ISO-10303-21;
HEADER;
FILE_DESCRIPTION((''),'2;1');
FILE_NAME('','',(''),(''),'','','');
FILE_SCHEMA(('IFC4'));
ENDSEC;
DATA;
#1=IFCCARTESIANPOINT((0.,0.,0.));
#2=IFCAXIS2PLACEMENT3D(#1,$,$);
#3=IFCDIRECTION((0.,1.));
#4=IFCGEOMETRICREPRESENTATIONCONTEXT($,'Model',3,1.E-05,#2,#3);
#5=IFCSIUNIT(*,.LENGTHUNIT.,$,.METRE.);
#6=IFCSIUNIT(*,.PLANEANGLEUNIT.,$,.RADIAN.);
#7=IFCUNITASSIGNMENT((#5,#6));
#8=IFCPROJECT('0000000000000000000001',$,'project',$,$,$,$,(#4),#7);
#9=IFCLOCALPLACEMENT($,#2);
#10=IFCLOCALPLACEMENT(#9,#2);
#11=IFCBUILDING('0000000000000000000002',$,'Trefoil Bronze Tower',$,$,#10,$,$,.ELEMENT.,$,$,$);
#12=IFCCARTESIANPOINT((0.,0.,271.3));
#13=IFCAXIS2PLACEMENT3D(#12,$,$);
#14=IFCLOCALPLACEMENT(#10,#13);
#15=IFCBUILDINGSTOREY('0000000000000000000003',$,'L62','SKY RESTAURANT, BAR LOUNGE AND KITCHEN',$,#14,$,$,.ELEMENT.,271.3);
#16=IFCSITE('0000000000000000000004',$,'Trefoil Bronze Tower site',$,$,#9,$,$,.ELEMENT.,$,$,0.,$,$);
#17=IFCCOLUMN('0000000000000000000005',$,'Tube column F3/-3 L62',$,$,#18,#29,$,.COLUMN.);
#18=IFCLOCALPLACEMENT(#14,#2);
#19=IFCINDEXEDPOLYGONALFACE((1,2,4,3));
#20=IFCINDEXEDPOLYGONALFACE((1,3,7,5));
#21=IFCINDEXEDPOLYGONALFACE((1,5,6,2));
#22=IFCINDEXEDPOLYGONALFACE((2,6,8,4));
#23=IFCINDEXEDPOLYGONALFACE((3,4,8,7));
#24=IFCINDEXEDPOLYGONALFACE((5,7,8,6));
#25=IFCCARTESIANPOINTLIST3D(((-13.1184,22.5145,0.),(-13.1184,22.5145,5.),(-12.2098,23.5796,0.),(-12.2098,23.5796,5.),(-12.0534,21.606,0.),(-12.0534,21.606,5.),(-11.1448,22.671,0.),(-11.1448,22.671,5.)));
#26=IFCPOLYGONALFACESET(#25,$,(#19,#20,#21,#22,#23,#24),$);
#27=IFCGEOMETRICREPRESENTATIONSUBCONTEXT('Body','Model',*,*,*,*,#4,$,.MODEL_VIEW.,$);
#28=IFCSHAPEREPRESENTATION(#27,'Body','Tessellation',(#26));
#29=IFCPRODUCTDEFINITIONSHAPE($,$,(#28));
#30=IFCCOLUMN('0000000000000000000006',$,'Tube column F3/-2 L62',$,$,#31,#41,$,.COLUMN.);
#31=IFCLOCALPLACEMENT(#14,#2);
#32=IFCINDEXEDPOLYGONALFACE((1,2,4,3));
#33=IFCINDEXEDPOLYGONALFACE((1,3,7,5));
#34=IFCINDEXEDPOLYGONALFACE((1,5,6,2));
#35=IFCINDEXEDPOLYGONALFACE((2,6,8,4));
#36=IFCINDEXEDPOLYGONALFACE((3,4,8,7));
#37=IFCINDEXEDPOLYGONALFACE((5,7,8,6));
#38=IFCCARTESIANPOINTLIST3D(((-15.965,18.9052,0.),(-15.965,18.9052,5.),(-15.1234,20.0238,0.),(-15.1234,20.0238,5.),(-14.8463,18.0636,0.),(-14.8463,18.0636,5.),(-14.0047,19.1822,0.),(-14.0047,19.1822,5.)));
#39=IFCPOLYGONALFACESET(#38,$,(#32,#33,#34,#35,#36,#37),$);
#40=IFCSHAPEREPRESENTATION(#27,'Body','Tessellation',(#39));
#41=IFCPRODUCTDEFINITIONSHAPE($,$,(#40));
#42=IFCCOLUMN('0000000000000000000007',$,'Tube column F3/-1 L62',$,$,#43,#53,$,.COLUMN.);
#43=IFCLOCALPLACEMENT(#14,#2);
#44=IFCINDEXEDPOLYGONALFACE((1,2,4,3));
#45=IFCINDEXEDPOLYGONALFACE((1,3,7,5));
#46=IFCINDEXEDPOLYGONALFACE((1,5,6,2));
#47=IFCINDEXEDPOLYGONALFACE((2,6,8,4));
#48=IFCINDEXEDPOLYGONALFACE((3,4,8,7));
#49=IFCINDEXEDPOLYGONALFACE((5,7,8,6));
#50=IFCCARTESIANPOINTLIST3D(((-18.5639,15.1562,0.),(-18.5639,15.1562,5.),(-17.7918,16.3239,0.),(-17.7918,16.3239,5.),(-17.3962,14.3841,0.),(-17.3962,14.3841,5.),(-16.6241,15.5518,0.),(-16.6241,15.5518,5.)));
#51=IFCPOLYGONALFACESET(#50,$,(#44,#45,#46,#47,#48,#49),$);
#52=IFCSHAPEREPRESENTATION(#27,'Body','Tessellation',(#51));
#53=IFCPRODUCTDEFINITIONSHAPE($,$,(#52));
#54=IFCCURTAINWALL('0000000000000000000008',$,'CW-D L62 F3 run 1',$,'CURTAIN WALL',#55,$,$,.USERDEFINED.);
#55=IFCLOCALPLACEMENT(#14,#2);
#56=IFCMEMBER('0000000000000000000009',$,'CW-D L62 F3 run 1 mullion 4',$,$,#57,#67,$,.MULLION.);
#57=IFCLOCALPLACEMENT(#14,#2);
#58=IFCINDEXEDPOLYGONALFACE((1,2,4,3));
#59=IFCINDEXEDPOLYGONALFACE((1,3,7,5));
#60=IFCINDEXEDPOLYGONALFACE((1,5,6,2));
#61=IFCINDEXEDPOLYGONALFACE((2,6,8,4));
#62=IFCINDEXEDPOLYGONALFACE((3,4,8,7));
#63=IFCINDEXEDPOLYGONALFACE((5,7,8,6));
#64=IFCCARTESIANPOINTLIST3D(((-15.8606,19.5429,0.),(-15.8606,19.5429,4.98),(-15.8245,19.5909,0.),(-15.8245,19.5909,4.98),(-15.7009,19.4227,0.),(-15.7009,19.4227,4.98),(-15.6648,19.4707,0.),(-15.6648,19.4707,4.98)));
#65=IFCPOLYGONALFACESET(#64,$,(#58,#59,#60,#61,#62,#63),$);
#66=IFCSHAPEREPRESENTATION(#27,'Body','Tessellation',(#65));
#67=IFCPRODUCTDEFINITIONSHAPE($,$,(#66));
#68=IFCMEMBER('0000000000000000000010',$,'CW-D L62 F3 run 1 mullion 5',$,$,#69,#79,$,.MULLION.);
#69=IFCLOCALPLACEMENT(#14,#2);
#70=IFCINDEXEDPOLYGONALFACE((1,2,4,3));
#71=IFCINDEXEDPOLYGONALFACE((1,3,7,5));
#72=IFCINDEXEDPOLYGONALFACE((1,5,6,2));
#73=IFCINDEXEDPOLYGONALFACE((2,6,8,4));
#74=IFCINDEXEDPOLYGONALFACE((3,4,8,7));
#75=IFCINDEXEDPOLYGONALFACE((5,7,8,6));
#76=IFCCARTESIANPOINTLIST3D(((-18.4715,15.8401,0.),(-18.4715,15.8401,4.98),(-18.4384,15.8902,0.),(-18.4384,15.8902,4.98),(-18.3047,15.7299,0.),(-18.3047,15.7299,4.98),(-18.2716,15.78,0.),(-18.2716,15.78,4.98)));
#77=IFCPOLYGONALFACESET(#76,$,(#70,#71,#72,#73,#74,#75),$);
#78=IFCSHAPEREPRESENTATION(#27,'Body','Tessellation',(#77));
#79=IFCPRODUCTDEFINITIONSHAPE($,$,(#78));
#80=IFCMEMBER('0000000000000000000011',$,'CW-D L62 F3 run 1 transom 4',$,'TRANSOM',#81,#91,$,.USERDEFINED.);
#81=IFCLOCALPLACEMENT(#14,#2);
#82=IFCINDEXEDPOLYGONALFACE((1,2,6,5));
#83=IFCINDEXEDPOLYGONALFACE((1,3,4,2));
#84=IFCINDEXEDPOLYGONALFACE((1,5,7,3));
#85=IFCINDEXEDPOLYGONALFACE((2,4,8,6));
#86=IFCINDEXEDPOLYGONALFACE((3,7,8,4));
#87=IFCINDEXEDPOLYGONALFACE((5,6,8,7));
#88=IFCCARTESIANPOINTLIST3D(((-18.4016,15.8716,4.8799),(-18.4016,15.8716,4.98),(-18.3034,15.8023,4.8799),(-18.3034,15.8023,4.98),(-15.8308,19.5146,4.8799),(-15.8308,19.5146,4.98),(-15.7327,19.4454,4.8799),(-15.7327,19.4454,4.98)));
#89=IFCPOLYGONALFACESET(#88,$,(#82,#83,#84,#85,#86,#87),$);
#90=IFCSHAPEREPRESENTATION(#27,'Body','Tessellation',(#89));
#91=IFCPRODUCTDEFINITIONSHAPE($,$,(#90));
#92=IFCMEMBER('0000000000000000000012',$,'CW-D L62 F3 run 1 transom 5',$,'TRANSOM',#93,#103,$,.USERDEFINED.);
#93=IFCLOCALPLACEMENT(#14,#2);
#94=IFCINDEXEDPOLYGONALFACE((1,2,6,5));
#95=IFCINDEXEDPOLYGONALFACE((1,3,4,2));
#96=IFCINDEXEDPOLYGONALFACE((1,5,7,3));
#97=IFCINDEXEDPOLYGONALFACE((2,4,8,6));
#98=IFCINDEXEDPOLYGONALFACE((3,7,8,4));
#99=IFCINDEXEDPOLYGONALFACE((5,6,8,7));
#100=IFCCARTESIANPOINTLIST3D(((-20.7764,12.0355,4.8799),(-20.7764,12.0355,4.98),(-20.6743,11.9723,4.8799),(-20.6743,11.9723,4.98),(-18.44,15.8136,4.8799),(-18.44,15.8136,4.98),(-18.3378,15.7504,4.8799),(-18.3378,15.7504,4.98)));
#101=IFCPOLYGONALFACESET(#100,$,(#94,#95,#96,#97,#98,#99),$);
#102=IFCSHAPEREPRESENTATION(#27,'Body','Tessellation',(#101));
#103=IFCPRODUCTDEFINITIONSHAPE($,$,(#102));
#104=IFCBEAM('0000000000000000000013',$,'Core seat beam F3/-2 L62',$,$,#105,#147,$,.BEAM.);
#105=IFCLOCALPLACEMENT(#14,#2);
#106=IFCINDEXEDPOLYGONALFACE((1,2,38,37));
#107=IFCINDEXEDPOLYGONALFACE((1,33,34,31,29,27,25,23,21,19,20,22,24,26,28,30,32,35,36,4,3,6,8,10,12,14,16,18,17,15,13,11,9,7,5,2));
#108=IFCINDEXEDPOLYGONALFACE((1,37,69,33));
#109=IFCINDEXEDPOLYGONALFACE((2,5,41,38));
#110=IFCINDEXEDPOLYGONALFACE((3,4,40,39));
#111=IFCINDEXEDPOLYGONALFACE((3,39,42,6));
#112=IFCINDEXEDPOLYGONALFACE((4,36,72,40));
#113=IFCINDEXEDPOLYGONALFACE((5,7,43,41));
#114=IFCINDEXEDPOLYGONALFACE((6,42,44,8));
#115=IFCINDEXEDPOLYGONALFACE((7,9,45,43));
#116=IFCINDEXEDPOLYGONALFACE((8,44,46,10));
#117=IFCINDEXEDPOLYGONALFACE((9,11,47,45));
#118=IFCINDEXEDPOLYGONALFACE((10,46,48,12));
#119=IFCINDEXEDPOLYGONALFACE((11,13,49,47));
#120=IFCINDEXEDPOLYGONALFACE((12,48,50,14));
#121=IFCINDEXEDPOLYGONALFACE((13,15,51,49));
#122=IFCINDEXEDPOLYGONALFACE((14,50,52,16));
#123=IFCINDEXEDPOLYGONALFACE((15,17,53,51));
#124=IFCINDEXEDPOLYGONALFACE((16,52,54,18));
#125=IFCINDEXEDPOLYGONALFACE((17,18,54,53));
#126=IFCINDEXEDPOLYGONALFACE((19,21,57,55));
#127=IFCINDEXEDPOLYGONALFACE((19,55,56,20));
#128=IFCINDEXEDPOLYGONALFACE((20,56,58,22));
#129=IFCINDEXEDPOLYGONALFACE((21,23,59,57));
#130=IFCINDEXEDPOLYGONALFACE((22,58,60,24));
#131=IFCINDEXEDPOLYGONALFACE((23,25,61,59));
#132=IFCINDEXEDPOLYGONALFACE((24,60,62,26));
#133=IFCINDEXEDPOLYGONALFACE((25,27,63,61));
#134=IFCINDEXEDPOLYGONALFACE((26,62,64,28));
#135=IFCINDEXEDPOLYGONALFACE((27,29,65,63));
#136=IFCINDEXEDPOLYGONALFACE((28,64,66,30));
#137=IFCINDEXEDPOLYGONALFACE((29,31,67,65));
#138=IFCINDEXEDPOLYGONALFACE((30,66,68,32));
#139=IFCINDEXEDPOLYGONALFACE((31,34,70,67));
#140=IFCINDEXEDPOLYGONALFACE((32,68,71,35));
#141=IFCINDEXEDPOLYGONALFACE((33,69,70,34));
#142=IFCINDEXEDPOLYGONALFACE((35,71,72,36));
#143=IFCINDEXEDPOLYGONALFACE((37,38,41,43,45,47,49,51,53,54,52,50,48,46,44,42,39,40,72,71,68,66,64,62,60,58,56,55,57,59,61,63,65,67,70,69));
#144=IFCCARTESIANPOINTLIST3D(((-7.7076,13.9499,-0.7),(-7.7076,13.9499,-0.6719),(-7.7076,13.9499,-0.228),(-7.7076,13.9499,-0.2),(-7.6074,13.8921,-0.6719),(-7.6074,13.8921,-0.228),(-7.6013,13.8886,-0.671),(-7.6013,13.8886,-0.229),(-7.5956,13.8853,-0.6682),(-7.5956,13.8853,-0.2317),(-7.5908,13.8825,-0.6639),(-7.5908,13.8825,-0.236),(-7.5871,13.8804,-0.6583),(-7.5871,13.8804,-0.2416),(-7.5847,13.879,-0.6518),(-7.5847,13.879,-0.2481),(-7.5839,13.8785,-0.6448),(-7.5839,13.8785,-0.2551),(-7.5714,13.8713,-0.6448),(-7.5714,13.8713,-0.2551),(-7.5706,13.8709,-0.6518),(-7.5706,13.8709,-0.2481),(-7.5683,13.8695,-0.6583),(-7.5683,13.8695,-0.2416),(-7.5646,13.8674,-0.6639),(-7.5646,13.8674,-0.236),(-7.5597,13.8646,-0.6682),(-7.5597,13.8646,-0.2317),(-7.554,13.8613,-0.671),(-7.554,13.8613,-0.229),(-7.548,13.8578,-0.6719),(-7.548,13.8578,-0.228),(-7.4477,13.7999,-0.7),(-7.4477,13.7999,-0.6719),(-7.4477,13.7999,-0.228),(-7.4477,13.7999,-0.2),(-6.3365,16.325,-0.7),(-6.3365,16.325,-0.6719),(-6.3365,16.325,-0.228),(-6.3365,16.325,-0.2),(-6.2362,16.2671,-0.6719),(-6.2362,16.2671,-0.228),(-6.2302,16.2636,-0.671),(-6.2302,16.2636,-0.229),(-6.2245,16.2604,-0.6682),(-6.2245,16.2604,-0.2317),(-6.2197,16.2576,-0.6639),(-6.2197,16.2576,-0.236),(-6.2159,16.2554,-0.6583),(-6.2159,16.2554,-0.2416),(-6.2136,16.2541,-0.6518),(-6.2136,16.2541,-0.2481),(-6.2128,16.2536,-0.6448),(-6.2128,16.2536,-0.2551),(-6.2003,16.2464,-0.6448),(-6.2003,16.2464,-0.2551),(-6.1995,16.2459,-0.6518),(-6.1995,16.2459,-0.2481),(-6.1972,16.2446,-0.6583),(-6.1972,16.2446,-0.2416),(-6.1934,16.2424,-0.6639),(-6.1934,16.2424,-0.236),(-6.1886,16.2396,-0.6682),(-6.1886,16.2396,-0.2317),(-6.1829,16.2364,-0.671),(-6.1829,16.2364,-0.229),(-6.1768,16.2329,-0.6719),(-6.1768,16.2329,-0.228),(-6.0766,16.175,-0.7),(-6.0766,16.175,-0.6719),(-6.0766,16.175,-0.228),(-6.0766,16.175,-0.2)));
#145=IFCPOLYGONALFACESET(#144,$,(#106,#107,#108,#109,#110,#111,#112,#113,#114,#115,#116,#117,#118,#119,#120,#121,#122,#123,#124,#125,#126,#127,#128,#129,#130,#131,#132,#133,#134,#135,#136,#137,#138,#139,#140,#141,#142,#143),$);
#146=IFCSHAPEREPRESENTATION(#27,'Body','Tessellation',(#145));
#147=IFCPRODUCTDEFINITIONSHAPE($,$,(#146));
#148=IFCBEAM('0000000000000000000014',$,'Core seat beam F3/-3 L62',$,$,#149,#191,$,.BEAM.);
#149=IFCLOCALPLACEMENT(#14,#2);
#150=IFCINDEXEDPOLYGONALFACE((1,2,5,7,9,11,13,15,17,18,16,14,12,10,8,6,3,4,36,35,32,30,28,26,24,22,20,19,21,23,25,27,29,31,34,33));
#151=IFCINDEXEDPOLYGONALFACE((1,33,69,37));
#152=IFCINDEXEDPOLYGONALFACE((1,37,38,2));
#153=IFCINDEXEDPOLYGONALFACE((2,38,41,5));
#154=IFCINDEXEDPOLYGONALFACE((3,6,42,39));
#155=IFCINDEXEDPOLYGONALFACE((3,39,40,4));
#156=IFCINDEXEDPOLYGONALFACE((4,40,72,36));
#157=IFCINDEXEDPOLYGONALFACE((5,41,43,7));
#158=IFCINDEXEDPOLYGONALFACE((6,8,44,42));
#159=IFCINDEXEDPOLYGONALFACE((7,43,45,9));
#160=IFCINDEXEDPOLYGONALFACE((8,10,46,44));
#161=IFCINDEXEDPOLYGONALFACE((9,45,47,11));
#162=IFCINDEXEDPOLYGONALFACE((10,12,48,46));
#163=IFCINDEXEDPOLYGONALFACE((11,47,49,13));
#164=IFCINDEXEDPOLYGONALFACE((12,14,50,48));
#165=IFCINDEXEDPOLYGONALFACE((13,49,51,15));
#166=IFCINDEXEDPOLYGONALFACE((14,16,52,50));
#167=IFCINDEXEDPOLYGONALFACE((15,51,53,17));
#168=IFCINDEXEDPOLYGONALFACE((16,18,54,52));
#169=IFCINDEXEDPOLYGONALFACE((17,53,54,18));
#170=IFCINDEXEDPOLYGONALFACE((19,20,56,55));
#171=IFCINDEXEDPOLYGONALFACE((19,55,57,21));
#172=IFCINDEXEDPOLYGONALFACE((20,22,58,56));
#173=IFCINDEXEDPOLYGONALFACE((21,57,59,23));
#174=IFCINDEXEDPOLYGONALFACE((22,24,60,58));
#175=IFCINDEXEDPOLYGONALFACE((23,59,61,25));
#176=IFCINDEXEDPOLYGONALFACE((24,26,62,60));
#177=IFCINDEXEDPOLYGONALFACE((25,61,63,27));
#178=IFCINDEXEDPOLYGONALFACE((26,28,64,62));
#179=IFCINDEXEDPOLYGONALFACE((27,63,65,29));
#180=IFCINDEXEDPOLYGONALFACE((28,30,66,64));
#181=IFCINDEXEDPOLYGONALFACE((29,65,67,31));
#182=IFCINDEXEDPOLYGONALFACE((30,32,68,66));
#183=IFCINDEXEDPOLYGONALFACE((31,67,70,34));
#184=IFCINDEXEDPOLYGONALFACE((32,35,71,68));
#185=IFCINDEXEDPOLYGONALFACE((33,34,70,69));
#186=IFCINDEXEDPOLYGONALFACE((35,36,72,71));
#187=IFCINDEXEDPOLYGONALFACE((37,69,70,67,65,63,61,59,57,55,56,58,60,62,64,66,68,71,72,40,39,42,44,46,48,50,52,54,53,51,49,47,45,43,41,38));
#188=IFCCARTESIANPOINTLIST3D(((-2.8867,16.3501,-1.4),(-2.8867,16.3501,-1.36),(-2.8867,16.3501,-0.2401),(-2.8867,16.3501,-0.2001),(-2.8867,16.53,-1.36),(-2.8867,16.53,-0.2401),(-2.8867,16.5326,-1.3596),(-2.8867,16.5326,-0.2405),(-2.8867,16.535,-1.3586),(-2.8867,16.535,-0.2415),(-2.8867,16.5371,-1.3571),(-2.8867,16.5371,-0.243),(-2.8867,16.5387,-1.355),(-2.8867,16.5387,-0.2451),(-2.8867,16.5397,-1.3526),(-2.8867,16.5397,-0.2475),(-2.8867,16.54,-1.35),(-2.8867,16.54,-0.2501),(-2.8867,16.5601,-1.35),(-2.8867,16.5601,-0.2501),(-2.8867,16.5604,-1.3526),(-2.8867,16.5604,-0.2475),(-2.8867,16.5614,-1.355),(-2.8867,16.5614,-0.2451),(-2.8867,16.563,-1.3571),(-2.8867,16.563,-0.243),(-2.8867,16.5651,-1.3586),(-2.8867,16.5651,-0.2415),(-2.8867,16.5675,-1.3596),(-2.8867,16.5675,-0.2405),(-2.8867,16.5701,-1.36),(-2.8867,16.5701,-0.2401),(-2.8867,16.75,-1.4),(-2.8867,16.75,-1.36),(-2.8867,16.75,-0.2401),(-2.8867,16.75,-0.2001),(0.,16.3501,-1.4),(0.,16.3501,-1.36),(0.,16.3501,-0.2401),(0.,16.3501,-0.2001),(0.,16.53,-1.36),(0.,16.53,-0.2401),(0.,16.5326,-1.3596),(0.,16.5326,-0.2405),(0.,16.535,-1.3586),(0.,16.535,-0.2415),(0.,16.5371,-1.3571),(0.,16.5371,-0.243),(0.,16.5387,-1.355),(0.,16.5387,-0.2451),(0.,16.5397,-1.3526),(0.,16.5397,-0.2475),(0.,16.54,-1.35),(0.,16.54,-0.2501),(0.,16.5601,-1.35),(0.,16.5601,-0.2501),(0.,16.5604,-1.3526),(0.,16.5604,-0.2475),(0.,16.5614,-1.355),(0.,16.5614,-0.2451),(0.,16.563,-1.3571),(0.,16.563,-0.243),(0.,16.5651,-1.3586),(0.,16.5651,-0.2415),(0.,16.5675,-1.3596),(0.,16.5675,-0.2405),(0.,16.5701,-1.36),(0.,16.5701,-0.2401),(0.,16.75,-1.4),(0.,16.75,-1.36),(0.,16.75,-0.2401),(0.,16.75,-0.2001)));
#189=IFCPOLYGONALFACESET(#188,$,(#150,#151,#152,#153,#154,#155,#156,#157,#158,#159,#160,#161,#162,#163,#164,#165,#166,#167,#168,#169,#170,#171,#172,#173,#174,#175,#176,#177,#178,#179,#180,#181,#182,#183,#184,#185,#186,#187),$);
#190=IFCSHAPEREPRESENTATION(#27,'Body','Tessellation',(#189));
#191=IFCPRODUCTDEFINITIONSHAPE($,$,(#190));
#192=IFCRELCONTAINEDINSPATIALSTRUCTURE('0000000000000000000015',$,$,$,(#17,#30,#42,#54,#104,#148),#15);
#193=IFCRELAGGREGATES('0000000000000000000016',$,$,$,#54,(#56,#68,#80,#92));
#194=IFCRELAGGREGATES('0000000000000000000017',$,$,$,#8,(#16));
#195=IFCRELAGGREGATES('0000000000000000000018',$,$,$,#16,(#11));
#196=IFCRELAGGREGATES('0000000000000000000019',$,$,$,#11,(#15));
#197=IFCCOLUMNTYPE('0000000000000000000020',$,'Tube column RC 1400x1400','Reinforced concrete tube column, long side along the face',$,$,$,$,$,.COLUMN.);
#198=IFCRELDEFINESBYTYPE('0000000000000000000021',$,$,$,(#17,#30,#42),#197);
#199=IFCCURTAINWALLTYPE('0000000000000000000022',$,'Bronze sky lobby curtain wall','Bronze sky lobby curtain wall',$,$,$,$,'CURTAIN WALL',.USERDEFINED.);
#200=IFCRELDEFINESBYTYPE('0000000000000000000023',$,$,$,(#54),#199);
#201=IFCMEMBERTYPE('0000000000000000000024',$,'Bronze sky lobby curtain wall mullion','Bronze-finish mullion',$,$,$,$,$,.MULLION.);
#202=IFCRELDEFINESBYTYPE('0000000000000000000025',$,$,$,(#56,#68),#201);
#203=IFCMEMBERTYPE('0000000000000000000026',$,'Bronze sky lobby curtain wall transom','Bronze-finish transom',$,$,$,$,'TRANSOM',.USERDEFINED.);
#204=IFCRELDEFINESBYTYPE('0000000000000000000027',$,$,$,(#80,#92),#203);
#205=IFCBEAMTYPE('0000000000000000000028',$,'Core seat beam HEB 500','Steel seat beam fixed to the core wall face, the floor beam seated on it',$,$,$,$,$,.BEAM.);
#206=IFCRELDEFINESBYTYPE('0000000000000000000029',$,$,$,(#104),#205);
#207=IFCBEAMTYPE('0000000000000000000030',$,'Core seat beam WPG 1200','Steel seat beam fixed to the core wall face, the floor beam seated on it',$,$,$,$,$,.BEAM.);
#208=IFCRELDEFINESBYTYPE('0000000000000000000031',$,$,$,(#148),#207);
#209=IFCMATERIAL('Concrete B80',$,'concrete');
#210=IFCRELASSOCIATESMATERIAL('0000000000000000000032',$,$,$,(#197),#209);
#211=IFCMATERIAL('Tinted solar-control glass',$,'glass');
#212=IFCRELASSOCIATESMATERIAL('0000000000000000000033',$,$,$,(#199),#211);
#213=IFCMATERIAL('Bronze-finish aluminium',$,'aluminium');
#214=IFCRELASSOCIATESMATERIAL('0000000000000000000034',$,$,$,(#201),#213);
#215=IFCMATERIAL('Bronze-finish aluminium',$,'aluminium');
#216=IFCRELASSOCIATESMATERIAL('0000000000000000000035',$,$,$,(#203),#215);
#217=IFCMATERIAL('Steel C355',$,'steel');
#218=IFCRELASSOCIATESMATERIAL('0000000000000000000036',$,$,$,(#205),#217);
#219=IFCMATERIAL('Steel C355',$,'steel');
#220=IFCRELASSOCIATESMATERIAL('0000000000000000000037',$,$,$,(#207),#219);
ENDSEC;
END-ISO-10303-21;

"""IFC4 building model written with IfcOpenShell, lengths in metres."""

from ifc_helpers import new_model, si_unit, direction, frame, origin, origin_2d, place, context, subcontext, project, spatial, rectangle, i_section, extrude, material, material_profile, profile_set, type_object, element, aggregate, save


model = new_model("IFC4")

# Units and contexts
model_context = context("Model", 3, precision=1e-05, world=origin(), true_north=direction((0.0, 1.0)))
body_context = subcontext(model_context, "Body", "Model", "MODEL_VIEW")
ifc_project = project(units=[si_unit("LENGTHUNIT", "METRE"), si_unit("PLANEANGLEUNIT", "RADIAN")], contexts=[model_context])

# Site, building, storey
site_placement = place(None, origin())
site = spatial("IfcSite", under=ifc_project, at=site_placement, Name="Trefoil Bronze Tower site", CompositionType="ELEMENT", RefElevation=0.0)
building_placement = place(site_placement, origin())
building = spatial("IfcBuilding", under=site, at=building_placement, Name="Trefoil Bronze Tower", CompositionType="ELEMENT")
storey_placement = place(building_placement, frame((0.0, 0.0, 271.3)))
storey = spatial("IfcBuildingStorey", under=building, at=storey_placement, Name="L62", Description="SKY RESTAURANT, BAR LOUNGE AND KITCHEN", CompositionType="ELEMENT", Elevation=271.3)

# Columns
ifc_material_1 = material(Name="Concrete B80", Category="concrete")
ifc_material_profile_1 = material_profile(ifc_material_1, rectangle(XDim=1.3999, YDim=1.3999, at=origin_2d()), Name="RC 1400x1400")
ifc_profile_set_1 = profile_set([ifc_material_profile_1], Name="Concrete B80")
column_type = type_object("IfcColumnType", Name="Tube column RC 1400x1400", Description="Reinforced concrete tube column, long side along the face", PredefinedType="COLUMN", material=ifc_profile_set_1)
for number, where, z_axis, x_axis, name in (
    (1, (-12.1316, 22.5928, 0.0), (0.0, 0.0, 1.0), (-0.649008, -0.760781, 0.0), "Tube column F3/-3 L62"),
    (2, (-14.9849, 19.0437, 0.0), (0.0, 0.0, 1.0), (-0.601203, -0.799096, 0.0), "Tube column F3/-2 L62"),
    (3, (-17.594, 15.354, 0.0), (0.0, 0.0, 1.0), (-0.551524, -0.834159, 0.0), "Tube column F3/-1 L62"),
):
    element("IfcColumn", number, at=place(storey_placement, frame(where, z_axis=z_axis, x_axis=x_axis)), inside=storey, type_object=column_type, Name=name, PredefinedType="COLUMN", context=body_context, shape_type="SweptSolid", body=[
        extrude(rectangle(XDim=1.3999, YDim=1.3999, at=origin_2d()), origin(), (0.0, 0.0, 1.0), 5.0),
    ])

# Curtain wall, members
ifc_material_2 = material(Name="Tinted solar-control glass", Category="glass")
curtain_wall_type = type_object("IfcCurtainWallType", Name="Bronze sky lobby curtain wall", Description="Bronze sky lobby curtain wall", ElementType="CURTAIN WALL", PredefinedType="USERDEFINED", material=ifc_material_2)
curtain_wall_placement = place(storey_placement, origin())
curtain_wall = element("IfcCurtainWall", 4, at=curtain_wall_placement, inside=storey, type_object=curtain_wall_type, Name="CW-D L62 F3 run 1", ObjectType="CURTAIN WALL", PredefinedType="USERDEFINED")
ifc_material_3 = material(Name="Bronze-finish aluminium", Category="aluminium")
ifc_material_profile_2 = material_profile(ifc_material_3, rectangle(XDim=0.2, YDim=0.0601, at=origin_2d()), Name="CW-D mullion")
ifc_profile_set_2 = profile_set([ifc_material_profile_2], Name="Bronze-finish aluminium")
member_type_1 = type_object("IfcMemberType", Name="Bronze sky lobby curtain wall mullion", Description="Bronze-finish mullion", PredefinedType="MULLION", material=ifc_profile_set_2)
member_1_placement = place(storey_placement, frame((-15.7627, 19.5068, 0.0), z_axis=(0.0, 0.0, 1.0), x_axis=(0.799096, -0.601203, 0.0)))
member_1 = element("IfcMember", 5, at=member_1_placement, type_object=member_type_1, Name="CW-D L62 F3 run 1 mullion 4", PredefinedType="MULLION", context=body_context, shape_type="SweptSolid", body=[
    extrude(rectangle(XDim=0.2, YDim=0.0601, at=origin_2d()), origin(), (0.0, 0.0, 1.0), 4.98),
])
member_2_placement = place(storey_placement, frame((-18.3716, 15.8101, 0.0), z_axis=(0.0, 0.0, 1.0), x_axis=(0.834159, -0.551524, 0.0)))
member_2 = element("IfcMember", 6, at=member_2_placement, type_object=member_type_1, Name="CW-D L62 F3 run 1 mullion 5", PredefinedType="MULLION", context=body_context, shape_type="SweptSolid", body=[
    extrude(rectangle(XDim=0.2, YDim=0.0601, at=origin_2d()), origin(), (0.0, 0.0, 1.0), 4.98),
])
ifc_material_4 = material(Name="Bronze-finish aluminium", Category="aluminium")
ifc_material_profile_3 = material_profile(ifc_material_4, rectangle(XDim=0.1201, YDim=0.1001, at=origin_2d()), Name="CW-D transom")
ifc_profile_set_3 = profile_set([ifc_material_profile_3], Name="Bronze-finish aluminium")
member_type_2 = type_object("IfcMemberType", Name="Bronze sky lobby curtain wall transom", Description="Bronze-finish transom", ElementType="TRANSOM", PredefinedType="USERDEFINED", material=ifc_profile_set_3)
member_3_placement = place(storey_placement, frame((-15.7817, 19.48, 4.9299), z_axis=(-0.576567, -0.81705, 0.0), x_axis=(0.81705, -0.576567, 0.0)))
member_3 = element("IfcMember", 7, at=member_3_placement, type_object=member_type_2, Name="CW-D L62 F3 run 1 transom 4", ObjectType="TRANSOM", PredefinedType="USERDEFINED", context=body_context, shape_type="SweptSolid", body=[
    extrude(rectangle(XDim=0.1201, YDim=0.1001, at=origin_2d()), origin(), (0.0, 0.0, 1.0), 4.4587),
])
member_4_placement = place(storey_placement, frame((-18.3889, 15.782, 4.9299), z_axis=(-0.525967, -0.850505, 0.0), x_axis=(0.850505, -0.525967, 0.0)))
member_4 = element("IfcMember", 8, at=member_4_placement, type_object=member_type_2, Name="CW-D L62 F3 run 1 transom 5", ObjectType="TRANSOM", PredefinedType="USERDEFINED", context=body_context, shape_type="SweptSolid", body=[
    extrude(rectangle(XDim=0.1201, YDim=0.1001, at=origin_2d()), origin(), (0.0, 0.0, 1.0), 4.4421),
])

# Beams
ifc_material_5 = material(Name="Steel C355", Category="steel")
ifc_material_profile_4 = material_profile(ifc_material_5, i_section(OverallWidth=0.3, OverallDepth=0.5, WebThickness=0.0144, FlangeThickness=0.0281, FilletRadius=0.0271, at=origin_2d()), Name="HEB 500")
ifc_profile_set_4 = profile_set([ifc_material_profile_4], Name="Steel C355")
beam_type_1 = type_object("IfcBeamType", Name="Core seat beam HEB 500", Description="Steel seat beam fixed to the core wall face, the floor beam seated on it", PredefinedType="BEAM", material=ifc_profile_set_4)
beam_1_placement = place(storey_placement, frame((-6.2065, 16.25, -0.45), z_axis=(-0.499969, -0.866043, 0.0), x_axis=(0.866043, -0.499969, 0.0)))
element("IfcBeam", 9, at=beam_1_placement, inside=storey, type_object=beam_type_1, Name="Core seat beam F3/-2 L62", PredefinedType="BEAM", context=body_context, shape_type="SweptSolid", body=[
    extrude(i_section(OverallWidth=0.3, OverallDepth=0.5, WebThickness=0.0144, FlangeThickness=0.0281, FilletRadius=0.0271, at=origin_2d()), origin(), (0.0, 0.0, 1.0), 2.7424),
])
ifc_material_6 = material(Name="Steel C355", Category="steel")
ifc_material_profile_5 = material_profile(ifc_material_6, i_section(OverallWidth=0.3999, OverallDepth=1.2, WebThickness=0.02, FlangeThickness=0.04, FilletRadius=0.01, at=origin_2d()), Name="WPG 1200")
ifc_profile_set_5 = profile_set([ifc_material_profile_5], Name="Steel C355")
beam_type_2 = type_object("IfcBeamType", Name="Core seat beam WPG 1200", Description="Steel seat beam fixed to the core wall face, the floor beam seated on it", PredefinedType="BEAM", material=ifc_profile_set_5)
beam_2_placement = place(storey_placement, frame((0.0, 16.55, -0.8), z_axis=(-1.0, 0.0, 0.0), x_axis=(0.0, -1.0, 0.0)))
element("IfcBeam", 10, at=beam_2_placement, inside=storey, type_object=beam_type_2, Name="Core seat beam F3/-3 L62", PredefinedType="BEAM", context=body_context, shape_type="SweptSolid", body=[
    extrude(i_section(OverallWidth=0.3999, OverallDepth=1.2, WebThickness=0.02, FlangeThickness=0.04, FilletRadius=0.01, at=origin_2d()), origin(), (0.0, 0.0, 1.0), 2.8867),
])

aggregate(curtain_wall, [member_1, member_2, member_3, member_4])

save(model, "model.ifc")
